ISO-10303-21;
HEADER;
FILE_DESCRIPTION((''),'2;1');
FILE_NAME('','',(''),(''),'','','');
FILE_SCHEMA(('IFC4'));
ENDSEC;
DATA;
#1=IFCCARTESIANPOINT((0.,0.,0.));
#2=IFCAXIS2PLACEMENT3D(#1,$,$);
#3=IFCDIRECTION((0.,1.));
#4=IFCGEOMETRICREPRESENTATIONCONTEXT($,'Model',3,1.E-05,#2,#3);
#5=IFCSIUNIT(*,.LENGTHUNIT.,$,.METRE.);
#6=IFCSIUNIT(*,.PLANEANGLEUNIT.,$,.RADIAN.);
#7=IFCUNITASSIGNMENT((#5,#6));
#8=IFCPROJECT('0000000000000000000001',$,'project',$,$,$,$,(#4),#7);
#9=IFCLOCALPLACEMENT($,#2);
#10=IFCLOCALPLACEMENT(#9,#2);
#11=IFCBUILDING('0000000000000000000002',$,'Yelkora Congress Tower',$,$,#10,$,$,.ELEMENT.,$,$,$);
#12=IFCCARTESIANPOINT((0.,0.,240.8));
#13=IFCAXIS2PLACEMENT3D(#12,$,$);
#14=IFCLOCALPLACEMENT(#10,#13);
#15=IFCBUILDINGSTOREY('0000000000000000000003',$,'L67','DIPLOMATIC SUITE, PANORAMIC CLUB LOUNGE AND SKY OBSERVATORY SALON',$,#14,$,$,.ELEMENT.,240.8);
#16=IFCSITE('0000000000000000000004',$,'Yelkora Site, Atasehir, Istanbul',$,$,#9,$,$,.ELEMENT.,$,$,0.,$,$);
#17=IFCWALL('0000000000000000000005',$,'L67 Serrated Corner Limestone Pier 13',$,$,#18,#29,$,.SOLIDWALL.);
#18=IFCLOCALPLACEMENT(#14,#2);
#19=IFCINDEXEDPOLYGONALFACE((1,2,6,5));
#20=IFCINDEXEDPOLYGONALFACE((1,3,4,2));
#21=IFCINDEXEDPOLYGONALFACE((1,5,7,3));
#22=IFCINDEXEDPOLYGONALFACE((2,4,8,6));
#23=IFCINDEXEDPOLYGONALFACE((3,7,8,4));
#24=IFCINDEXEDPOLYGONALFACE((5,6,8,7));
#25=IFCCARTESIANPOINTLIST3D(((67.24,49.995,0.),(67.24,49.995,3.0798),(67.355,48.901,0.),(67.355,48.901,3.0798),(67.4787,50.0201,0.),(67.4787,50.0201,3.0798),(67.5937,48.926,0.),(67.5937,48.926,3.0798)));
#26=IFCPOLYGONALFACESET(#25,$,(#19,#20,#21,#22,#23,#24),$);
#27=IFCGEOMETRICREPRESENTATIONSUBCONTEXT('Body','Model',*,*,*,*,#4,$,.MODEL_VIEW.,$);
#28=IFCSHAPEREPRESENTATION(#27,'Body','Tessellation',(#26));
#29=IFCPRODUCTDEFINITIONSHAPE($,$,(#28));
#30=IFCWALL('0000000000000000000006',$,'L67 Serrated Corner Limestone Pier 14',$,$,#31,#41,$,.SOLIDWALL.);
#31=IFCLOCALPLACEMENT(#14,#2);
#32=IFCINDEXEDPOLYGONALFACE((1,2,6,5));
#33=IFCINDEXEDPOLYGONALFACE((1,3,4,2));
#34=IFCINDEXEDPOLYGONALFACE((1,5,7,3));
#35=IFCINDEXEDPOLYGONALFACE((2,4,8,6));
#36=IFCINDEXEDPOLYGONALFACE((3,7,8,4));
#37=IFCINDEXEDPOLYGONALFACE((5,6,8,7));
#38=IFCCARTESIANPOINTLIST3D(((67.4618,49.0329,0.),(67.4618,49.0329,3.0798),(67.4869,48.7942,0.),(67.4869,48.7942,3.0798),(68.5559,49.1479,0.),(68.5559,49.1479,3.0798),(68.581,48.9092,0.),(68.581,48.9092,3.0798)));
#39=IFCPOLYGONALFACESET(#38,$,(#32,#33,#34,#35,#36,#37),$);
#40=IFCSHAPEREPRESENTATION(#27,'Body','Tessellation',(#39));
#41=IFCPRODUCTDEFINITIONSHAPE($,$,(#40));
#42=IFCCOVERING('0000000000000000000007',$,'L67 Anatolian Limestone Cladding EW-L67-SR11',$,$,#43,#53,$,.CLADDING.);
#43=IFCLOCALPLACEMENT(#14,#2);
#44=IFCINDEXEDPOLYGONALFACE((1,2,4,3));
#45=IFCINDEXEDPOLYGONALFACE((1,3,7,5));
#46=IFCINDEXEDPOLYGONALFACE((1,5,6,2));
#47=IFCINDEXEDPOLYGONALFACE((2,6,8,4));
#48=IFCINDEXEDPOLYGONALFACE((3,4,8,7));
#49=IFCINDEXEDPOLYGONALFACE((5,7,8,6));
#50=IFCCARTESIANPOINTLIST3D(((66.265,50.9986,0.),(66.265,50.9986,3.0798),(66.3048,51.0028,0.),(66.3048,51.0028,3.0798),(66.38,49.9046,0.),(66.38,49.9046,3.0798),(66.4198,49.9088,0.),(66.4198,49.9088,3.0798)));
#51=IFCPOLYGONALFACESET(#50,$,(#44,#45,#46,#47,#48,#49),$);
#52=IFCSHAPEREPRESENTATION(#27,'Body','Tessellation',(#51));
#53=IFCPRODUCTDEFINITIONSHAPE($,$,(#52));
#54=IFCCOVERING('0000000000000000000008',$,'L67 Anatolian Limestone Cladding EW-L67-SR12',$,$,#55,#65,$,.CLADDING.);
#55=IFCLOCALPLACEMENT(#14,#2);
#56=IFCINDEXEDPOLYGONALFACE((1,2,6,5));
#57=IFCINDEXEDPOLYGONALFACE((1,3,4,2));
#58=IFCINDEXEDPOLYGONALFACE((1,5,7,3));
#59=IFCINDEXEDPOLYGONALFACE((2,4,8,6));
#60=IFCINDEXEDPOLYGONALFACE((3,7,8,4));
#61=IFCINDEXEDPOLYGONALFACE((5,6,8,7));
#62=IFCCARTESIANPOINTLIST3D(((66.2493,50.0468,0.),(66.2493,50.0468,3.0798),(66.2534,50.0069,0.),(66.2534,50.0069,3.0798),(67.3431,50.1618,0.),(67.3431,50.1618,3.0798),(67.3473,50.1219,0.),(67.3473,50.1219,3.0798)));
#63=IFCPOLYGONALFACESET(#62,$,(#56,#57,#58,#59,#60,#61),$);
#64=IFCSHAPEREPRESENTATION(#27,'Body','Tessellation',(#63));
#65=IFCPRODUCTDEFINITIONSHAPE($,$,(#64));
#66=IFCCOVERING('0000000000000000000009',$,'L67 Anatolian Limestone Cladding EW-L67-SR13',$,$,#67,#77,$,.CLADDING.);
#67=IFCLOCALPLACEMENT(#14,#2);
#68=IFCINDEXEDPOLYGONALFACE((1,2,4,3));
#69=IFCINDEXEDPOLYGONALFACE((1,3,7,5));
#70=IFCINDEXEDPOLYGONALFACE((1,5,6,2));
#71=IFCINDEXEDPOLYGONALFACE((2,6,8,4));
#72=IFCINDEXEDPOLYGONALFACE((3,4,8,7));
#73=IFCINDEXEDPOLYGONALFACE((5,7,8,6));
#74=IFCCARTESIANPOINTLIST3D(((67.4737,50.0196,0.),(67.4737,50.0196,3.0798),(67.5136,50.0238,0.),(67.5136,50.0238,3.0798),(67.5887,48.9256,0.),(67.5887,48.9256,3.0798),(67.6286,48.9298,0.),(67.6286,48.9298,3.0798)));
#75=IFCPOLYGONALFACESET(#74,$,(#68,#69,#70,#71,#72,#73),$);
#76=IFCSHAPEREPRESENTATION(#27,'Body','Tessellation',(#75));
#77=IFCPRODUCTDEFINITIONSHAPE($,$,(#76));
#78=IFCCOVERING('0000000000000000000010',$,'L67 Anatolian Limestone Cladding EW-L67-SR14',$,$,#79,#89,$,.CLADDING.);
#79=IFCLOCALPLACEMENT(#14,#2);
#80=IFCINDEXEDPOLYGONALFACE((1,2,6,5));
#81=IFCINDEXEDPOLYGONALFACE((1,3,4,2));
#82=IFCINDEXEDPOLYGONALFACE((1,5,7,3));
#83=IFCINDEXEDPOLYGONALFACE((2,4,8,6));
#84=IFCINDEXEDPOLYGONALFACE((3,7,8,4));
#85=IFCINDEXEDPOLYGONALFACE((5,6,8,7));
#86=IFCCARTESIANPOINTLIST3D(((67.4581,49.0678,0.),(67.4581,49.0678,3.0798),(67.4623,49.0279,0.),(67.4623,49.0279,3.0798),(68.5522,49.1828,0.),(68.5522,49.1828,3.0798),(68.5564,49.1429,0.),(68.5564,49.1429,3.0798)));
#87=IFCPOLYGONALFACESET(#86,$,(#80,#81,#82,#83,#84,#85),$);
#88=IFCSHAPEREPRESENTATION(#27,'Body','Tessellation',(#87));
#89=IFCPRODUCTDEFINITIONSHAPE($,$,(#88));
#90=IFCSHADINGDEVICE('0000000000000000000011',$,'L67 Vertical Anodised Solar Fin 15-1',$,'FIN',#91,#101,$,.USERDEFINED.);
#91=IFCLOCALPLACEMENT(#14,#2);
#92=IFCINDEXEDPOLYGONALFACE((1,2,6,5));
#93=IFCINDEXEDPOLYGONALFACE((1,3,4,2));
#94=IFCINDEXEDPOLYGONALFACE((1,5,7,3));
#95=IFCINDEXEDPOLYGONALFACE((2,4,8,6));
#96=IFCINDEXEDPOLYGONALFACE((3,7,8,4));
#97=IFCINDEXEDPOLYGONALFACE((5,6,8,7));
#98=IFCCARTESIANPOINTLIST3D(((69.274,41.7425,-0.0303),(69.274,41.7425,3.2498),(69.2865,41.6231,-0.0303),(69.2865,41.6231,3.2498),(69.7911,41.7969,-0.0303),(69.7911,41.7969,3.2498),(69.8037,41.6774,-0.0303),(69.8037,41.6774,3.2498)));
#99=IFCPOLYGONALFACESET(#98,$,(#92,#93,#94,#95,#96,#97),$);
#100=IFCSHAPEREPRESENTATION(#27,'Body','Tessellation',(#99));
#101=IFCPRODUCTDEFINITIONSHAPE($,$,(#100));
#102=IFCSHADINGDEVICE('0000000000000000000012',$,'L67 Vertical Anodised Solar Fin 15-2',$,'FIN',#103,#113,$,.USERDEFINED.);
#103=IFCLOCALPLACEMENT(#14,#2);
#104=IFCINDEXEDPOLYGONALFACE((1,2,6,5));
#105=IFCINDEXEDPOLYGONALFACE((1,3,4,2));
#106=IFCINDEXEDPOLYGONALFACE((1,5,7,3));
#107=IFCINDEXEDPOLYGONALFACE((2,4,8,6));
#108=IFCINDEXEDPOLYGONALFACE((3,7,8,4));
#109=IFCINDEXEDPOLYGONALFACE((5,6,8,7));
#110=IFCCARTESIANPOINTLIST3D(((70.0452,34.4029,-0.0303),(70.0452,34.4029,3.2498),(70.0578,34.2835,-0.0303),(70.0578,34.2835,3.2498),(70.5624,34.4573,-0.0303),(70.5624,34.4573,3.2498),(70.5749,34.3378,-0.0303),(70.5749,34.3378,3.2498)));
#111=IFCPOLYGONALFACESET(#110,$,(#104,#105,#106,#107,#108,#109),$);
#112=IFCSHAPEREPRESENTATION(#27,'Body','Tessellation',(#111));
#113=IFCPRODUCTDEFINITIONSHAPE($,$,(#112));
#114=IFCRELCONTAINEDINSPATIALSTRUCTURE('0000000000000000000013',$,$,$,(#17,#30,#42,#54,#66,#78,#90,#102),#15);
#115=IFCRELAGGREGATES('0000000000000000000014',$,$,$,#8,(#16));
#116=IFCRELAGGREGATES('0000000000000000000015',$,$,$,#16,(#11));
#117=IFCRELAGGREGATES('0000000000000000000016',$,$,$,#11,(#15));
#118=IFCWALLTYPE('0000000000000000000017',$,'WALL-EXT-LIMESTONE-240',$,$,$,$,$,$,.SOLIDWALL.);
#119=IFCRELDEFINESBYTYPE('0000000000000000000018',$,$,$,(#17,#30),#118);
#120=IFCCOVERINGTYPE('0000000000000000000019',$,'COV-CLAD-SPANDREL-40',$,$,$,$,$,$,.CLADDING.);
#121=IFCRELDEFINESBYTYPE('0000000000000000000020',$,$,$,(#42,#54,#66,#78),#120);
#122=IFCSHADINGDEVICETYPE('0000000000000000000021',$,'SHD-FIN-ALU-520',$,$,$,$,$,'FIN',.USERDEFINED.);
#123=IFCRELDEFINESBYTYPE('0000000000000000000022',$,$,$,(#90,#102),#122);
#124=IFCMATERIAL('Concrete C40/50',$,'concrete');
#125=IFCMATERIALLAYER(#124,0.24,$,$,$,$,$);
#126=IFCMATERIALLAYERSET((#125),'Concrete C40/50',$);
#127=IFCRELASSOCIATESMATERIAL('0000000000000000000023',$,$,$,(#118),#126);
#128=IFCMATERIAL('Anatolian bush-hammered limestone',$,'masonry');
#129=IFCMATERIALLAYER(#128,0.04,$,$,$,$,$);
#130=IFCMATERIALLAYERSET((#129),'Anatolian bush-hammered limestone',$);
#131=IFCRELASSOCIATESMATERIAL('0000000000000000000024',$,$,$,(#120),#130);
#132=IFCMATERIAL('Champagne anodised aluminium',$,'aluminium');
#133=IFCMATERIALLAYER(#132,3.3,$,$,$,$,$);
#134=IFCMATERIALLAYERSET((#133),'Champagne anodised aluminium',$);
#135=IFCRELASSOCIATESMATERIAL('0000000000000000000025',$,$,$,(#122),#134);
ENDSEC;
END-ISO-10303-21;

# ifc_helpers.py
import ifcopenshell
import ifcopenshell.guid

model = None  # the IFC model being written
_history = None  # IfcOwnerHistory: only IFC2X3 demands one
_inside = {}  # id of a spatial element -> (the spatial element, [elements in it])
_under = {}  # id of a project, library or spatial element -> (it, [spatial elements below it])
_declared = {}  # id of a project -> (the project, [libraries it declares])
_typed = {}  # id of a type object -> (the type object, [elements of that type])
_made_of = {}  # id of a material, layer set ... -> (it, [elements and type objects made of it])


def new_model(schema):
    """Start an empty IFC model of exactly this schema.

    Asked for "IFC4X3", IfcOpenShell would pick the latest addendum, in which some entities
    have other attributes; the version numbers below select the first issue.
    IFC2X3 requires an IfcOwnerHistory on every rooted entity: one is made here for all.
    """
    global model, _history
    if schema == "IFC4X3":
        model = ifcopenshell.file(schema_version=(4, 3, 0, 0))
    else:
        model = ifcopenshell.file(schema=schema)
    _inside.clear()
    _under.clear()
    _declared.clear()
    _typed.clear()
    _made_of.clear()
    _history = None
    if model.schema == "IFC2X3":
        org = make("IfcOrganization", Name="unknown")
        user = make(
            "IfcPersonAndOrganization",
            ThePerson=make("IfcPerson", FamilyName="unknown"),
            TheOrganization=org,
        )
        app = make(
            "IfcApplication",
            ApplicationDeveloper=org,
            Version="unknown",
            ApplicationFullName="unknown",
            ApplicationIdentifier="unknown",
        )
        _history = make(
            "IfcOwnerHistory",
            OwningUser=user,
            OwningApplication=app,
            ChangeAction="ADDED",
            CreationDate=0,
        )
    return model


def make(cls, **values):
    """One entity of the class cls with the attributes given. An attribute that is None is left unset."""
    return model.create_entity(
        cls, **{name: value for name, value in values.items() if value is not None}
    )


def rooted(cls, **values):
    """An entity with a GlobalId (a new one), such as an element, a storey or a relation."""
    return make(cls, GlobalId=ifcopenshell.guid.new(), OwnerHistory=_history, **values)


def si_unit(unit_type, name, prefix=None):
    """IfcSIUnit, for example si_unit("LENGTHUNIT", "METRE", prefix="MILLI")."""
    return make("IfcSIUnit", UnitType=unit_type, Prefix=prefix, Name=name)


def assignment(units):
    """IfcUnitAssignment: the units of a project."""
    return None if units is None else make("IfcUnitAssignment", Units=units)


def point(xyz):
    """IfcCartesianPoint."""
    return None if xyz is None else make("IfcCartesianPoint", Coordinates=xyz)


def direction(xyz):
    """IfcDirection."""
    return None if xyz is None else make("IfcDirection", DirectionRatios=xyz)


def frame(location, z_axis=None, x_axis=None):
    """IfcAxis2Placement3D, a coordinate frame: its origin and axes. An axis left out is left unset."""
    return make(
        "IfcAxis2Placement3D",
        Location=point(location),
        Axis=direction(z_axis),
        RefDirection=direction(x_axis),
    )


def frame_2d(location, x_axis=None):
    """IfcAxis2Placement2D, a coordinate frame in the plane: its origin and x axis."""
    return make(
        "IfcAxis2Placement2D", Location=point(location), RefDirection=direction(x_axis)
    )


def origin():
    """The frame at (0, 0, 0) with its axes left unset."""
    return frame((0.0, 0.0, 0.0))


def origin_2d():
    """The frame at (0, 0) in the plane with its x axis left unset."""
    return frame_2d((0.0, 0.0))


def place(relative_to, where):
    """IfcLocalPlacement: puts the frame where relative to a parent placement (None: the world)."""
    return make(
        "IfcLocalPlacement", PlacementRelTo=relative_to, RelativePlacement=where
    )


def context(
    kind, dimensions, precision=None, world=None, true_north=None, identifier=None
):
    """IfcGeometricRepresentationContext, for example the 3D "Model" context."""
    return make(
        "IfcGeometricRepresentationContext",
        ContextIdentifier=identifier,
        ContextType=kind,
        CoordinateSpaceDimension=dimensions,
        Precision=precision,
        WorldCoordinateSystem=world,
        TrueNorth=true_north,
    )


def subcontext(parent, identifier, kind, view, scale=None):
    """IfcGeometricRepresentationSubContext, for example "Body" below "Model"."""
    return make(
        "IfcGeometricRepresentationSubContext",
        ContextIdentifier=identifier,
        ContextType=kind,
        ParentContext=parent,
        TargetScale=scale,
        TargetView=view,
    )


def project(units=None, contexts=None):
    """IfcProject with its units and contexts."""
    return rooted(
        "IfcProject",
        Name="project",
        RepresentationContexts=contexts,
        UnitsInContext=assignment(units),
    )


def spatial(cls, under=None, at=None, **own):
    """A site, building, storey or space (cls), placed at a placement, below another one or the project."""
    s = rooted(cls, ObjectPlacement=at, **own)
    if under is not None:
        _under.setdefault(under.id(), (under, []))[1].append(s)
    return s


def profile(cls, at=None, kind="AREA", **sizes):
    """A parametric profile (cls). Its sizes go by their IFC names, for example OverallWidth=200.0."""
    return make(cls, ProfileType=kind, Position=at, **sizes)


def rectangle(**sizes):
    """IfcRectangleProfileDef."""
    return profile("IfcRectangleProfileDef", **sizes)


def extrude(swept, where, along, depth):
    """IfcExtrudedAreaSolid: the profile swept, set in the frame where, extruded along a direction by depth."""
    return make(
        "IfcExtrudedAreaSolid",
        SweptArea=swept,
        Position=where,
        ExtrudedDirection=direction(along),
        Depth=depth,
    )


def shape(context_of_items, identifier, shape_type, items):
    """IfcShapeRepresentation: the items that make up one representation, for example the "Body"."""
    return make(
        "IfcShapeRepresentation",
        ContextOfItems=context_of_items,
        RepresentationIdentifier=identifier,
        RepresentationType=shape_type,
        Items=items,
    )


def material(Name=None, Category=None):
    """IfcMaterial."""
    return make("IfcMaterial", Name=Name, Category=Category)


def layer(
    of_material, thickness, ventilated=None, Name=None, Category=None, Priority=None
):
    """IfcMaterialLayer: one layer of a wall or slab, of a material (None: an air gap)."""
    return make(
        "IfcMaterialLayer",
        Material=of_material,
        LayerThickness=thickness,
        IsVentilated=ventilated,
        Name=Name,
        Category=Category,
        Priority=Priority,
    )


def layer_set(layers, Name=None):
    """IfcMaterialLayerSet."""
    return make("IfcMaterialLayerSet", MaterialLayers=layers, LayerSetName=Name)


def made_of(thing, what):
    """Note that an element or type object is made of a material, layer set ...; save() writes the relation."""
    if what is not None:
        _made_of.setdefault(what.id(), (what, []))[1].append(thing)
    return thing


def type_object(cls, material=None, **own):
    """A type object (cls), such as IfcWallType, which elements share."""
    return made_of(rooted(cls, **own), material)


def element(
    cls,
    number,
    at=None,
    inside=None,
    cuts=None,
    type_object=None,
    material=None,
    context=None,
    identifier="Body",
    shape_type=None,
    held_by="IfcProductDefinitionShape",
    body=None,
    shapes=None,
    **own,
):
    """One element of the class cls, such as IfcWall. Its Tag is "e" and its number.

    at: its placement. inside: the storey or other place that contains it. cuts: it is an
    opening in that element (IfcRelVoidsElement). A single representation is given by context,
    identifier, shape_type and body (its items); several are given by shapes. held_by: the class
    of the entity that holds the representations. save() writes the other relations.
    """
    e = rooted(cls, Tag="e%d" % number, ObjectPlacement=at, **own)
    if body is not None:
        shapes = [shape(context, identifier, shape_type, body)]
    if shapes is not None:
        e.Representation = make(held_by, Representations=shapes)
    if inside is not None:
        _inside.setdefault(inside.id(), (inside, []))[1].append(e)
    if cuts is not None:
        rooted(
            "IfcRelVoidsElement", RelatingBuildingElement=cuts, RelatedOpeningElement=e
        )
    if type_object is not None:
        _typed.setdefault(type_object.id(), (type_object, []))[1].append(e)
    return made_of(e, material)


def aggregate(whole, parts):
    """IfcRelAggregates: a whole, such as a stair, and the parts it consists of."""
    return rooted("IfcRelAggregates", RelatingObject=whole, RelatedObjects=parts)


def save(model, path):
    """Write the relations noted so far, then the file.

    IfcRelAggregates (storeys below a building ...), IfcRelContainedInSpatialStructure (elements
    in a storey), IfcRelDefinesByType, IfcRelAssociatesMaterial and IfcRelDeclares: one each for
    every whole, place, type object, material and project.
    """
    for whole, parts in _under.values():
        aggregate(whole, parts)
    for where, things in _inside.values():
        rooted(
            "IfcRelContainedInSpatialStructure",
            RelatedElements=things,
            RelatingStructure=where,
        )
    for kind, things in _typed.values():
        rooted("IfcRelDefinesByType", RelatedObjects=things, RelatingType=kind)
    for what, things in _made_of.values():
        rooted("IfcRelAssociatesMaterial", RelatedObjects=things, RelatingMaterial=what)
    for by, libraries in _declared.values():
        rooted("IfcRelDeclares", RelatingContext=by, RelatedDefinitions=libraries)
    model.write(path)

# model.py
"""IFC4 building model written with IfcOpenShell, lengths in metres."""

from ifc_helpers import new_model, si_unit, direction, frame, frame_2d, origin, origin_2d, place, context, subcontext, project, spatial, rectangle, extrude, material, layer, layer_set, type_object, element, save


model = new_model("IFC4")

# Units and contexts
model_context = context("Model", 3, precision=1e-05, world=origin(), true_north=direction((0.0, 1.0)))
body_context = subcontext(model_context, "Body", "Model", "MODEL_VIEW")
ifc_project = project(units=[si_unit("LENGTHUNIT", "METRE"), si_unit("PLANEANGLEUNIT", "RADIAN")], contexts=[model_context])

# Site, building, storey
site_placement = place(None, origin())
site = spatial("IfcSite", under=ifc_project, at=site_placement, Name="Yelkora Site, Atasehir, Istanbul", CompositionType="ELEMENT", RefElevation=0.0)
building_placement = place(site_placement, origin())
building = spatial("IfcBuilding", under=site, at=building_placement, Name="Yelkora Congress Tower", CompositionType="ELEMENT")
storey_placement = place(building_placement, frame((0.0, 0.0, 240.8)))
storey = spatial("IfcBuildingStorey", under=building, at=storey_placement, Name="L67", Description="DIPLOMATIC SUITE, PANORAMIC CLUB LOUNGE AND SKY OBSERVATORY SALON", CompositionType="ELEMENT", Elevation=240.8)

# Walls
ifc_material_1 = material(Name="Concrete C40/50", Category="concrete")
ifc_layer_1 = layer(ifc_material_1, 0.24)
ifc_layer_set_1 = layer_set([ifc_layer_1], Name="Concrete C40/50")
wall_type = type_object("IfcWallType", Name="WALL-EXT-LIMESTONE-240", PredefinedType="SOLIDWALL", material=ifc_layer_set_1)
for number, where, z_axis, x_axis, name in (
    (1, (67.3594, 50.0076, 0.0), (0.0, 0.0, 1.0), (0.104535, -0.994521, 0.0), "L67 Serrated Corner Limestone Pier 13"),
    (2, (67.4744, 48.9136, 0.0), (0.0, 0.0, 1.0), (0.994521, 0.104535, 0.0), "L67 Serrated Corner Limestone Pier 14"),
):
    element("IfcWall", number, at=place(storey_placement, frame(where, z_axis=z_axis, x_axis=x_axis)), inside=storey, type_object=wall_type, Name=name, PredefinedType="SOLIDWALL", context=body_context, shape_type="SweptSolid", body=[
        extrude(rectangle(XDim=1.1001, YDim=0.24, at=frame_2d((0.55, 0.0))), origin(), (0.0, 0.0, 1.0), 3.0798),
    ])

# Coverings
ifc_material_2 = material(Name="Anatolian bush-hammered limestone", Category="masonry")
ifc_layer_2 = layer(ifc_material_2, 0.04)
ifc_layer_set_2 = layer_set([ifc_layer_2], Name="Anatolian bush-hammered limestone")
covering_type = type_object("IfcCoveringType", Name="COV-CLAD-SPANDREL-40", PredefinedType="CLADDING", material=ifc_layer_set_2)
covering_1_placement = place(storey_placement, frame((66.2849, 51.0007, 0.0), z_axis=(0.0, 0.0, 1.0), x_axis=(0.104535, -0.994521, 0.0)))
element("IfcCovering", 3, at=covering_1_placement, inside=storey, type_object=covering_type, Name="L67 Anatolian Limestone Cladding EW-L67-SR11", PredefinedType="CLADDING", context=body_context, shape_type="SweptSolid", body=[
    extrude(rectangle(XDim=1.1001, YDim=0.04, at=frame_2d((0.55, 0.0))), origin(), (0.0, 0.0, 1.0), 3.0798),
])
covering_2_placement = place(storey_placement, frame((66.2515, 50.0269, 0.0), z_axis=(0.0, 0.0, 1.0), x_axis=(0.994519, 0.104558, 0.0)))
element("IfcCovering", 4, at=covering_2_placement, inside=storey, type_object=covering_type, Name="L67 Anatolian Limestone Cladding EW-L67-SR12", PredefinedType="CLADDING", context=body_context, shape_type="SweptSolid", body=[
    extrude(rectangle(XDim=1.0999, YDim=0.04, at=frame_2d((0.5498, 0.0))), origin(), (0.0, 0.0, 1.0), 3.0798),
])
for number, where, z_axis, x_axis, name in (
    (5, (67.4937, 50.0217, 0.0), (0.0, 0.0, 1.0), (0.104535, -0.994521, 0.0), "L67 Anatolian Limestone Cladding EW-L67-SR13"),
    (6, (67.4602, 49.0479, 0.0), (0.0, 0.0, 1.0), (0.994521, 0.104535, 0.0), "L67 Anatolian Limestone Cladding EW-L67-SR14"),
):
    element("IfcCovering", number, at=place(storey_placement, frame(where, z_axis=z_axis, x_axis=x_axis)), inside=storey, type_object=covering_type, Name=name, PredefinedType="CLADDING", context=body_context, shape_type="SweptSolid", body=[
        extrude(rectangle(XDim=1.1001, YDim=0.04, at=frame_2d((0.55, 0.0))), origin(), (0.0, 0.0, 1.0), 3.0798),
    ])

# Shading devices
ifc_material_3 = material(Name="Champagne anodised aluminium", Category="aluminium")
ifc_layer_3 = layer(ifc_material_3, 3.3)
ifc_layer_set_3 = layer_set([ifc_layer_3], Name="Champagne anodised aluminium")
shading_device_type = type_object("IfcShadingDeviceType", Name="SHD-FIN-ALU-520", ElementType="FIN", PredefinedType="USERDEFINED", material=ifc_layer_set_3)
for number, where, z_axis, x_axis, name in (
    (7, (69.5388, 41.71, -0.0303), (0.0, 0.0, 1.0), (0.104528, -0.994522, 0.0), "L67 Vertical Anodised Solar Fin 15-1"),
    (8, (70.3101, 34.3704, -0.0303), (0.0, 0.0, 1.0), (0.104528, -0.994522, 0.0), "L67 Vertical Anodised Solar Fin 15-2"),
):
    element("IfcShadingDevice", number, at=place(storey_placement, frame(where, z_axis=z_axis, x_axis=x_axis)), inside=storey, type_object=shading_device_type, Name=name, ObjectType="FIN", PredefinedType="USERDEFINED", context=body_context, shape_type="SweptSolid", body=[
        extrude(rectangle(XDim=0.1201, YDim=0.52, at=origin_2d()), origin(), (0.0, 0.0, 1.0), 3.28),
    ])

save(model, "model.ifc")
